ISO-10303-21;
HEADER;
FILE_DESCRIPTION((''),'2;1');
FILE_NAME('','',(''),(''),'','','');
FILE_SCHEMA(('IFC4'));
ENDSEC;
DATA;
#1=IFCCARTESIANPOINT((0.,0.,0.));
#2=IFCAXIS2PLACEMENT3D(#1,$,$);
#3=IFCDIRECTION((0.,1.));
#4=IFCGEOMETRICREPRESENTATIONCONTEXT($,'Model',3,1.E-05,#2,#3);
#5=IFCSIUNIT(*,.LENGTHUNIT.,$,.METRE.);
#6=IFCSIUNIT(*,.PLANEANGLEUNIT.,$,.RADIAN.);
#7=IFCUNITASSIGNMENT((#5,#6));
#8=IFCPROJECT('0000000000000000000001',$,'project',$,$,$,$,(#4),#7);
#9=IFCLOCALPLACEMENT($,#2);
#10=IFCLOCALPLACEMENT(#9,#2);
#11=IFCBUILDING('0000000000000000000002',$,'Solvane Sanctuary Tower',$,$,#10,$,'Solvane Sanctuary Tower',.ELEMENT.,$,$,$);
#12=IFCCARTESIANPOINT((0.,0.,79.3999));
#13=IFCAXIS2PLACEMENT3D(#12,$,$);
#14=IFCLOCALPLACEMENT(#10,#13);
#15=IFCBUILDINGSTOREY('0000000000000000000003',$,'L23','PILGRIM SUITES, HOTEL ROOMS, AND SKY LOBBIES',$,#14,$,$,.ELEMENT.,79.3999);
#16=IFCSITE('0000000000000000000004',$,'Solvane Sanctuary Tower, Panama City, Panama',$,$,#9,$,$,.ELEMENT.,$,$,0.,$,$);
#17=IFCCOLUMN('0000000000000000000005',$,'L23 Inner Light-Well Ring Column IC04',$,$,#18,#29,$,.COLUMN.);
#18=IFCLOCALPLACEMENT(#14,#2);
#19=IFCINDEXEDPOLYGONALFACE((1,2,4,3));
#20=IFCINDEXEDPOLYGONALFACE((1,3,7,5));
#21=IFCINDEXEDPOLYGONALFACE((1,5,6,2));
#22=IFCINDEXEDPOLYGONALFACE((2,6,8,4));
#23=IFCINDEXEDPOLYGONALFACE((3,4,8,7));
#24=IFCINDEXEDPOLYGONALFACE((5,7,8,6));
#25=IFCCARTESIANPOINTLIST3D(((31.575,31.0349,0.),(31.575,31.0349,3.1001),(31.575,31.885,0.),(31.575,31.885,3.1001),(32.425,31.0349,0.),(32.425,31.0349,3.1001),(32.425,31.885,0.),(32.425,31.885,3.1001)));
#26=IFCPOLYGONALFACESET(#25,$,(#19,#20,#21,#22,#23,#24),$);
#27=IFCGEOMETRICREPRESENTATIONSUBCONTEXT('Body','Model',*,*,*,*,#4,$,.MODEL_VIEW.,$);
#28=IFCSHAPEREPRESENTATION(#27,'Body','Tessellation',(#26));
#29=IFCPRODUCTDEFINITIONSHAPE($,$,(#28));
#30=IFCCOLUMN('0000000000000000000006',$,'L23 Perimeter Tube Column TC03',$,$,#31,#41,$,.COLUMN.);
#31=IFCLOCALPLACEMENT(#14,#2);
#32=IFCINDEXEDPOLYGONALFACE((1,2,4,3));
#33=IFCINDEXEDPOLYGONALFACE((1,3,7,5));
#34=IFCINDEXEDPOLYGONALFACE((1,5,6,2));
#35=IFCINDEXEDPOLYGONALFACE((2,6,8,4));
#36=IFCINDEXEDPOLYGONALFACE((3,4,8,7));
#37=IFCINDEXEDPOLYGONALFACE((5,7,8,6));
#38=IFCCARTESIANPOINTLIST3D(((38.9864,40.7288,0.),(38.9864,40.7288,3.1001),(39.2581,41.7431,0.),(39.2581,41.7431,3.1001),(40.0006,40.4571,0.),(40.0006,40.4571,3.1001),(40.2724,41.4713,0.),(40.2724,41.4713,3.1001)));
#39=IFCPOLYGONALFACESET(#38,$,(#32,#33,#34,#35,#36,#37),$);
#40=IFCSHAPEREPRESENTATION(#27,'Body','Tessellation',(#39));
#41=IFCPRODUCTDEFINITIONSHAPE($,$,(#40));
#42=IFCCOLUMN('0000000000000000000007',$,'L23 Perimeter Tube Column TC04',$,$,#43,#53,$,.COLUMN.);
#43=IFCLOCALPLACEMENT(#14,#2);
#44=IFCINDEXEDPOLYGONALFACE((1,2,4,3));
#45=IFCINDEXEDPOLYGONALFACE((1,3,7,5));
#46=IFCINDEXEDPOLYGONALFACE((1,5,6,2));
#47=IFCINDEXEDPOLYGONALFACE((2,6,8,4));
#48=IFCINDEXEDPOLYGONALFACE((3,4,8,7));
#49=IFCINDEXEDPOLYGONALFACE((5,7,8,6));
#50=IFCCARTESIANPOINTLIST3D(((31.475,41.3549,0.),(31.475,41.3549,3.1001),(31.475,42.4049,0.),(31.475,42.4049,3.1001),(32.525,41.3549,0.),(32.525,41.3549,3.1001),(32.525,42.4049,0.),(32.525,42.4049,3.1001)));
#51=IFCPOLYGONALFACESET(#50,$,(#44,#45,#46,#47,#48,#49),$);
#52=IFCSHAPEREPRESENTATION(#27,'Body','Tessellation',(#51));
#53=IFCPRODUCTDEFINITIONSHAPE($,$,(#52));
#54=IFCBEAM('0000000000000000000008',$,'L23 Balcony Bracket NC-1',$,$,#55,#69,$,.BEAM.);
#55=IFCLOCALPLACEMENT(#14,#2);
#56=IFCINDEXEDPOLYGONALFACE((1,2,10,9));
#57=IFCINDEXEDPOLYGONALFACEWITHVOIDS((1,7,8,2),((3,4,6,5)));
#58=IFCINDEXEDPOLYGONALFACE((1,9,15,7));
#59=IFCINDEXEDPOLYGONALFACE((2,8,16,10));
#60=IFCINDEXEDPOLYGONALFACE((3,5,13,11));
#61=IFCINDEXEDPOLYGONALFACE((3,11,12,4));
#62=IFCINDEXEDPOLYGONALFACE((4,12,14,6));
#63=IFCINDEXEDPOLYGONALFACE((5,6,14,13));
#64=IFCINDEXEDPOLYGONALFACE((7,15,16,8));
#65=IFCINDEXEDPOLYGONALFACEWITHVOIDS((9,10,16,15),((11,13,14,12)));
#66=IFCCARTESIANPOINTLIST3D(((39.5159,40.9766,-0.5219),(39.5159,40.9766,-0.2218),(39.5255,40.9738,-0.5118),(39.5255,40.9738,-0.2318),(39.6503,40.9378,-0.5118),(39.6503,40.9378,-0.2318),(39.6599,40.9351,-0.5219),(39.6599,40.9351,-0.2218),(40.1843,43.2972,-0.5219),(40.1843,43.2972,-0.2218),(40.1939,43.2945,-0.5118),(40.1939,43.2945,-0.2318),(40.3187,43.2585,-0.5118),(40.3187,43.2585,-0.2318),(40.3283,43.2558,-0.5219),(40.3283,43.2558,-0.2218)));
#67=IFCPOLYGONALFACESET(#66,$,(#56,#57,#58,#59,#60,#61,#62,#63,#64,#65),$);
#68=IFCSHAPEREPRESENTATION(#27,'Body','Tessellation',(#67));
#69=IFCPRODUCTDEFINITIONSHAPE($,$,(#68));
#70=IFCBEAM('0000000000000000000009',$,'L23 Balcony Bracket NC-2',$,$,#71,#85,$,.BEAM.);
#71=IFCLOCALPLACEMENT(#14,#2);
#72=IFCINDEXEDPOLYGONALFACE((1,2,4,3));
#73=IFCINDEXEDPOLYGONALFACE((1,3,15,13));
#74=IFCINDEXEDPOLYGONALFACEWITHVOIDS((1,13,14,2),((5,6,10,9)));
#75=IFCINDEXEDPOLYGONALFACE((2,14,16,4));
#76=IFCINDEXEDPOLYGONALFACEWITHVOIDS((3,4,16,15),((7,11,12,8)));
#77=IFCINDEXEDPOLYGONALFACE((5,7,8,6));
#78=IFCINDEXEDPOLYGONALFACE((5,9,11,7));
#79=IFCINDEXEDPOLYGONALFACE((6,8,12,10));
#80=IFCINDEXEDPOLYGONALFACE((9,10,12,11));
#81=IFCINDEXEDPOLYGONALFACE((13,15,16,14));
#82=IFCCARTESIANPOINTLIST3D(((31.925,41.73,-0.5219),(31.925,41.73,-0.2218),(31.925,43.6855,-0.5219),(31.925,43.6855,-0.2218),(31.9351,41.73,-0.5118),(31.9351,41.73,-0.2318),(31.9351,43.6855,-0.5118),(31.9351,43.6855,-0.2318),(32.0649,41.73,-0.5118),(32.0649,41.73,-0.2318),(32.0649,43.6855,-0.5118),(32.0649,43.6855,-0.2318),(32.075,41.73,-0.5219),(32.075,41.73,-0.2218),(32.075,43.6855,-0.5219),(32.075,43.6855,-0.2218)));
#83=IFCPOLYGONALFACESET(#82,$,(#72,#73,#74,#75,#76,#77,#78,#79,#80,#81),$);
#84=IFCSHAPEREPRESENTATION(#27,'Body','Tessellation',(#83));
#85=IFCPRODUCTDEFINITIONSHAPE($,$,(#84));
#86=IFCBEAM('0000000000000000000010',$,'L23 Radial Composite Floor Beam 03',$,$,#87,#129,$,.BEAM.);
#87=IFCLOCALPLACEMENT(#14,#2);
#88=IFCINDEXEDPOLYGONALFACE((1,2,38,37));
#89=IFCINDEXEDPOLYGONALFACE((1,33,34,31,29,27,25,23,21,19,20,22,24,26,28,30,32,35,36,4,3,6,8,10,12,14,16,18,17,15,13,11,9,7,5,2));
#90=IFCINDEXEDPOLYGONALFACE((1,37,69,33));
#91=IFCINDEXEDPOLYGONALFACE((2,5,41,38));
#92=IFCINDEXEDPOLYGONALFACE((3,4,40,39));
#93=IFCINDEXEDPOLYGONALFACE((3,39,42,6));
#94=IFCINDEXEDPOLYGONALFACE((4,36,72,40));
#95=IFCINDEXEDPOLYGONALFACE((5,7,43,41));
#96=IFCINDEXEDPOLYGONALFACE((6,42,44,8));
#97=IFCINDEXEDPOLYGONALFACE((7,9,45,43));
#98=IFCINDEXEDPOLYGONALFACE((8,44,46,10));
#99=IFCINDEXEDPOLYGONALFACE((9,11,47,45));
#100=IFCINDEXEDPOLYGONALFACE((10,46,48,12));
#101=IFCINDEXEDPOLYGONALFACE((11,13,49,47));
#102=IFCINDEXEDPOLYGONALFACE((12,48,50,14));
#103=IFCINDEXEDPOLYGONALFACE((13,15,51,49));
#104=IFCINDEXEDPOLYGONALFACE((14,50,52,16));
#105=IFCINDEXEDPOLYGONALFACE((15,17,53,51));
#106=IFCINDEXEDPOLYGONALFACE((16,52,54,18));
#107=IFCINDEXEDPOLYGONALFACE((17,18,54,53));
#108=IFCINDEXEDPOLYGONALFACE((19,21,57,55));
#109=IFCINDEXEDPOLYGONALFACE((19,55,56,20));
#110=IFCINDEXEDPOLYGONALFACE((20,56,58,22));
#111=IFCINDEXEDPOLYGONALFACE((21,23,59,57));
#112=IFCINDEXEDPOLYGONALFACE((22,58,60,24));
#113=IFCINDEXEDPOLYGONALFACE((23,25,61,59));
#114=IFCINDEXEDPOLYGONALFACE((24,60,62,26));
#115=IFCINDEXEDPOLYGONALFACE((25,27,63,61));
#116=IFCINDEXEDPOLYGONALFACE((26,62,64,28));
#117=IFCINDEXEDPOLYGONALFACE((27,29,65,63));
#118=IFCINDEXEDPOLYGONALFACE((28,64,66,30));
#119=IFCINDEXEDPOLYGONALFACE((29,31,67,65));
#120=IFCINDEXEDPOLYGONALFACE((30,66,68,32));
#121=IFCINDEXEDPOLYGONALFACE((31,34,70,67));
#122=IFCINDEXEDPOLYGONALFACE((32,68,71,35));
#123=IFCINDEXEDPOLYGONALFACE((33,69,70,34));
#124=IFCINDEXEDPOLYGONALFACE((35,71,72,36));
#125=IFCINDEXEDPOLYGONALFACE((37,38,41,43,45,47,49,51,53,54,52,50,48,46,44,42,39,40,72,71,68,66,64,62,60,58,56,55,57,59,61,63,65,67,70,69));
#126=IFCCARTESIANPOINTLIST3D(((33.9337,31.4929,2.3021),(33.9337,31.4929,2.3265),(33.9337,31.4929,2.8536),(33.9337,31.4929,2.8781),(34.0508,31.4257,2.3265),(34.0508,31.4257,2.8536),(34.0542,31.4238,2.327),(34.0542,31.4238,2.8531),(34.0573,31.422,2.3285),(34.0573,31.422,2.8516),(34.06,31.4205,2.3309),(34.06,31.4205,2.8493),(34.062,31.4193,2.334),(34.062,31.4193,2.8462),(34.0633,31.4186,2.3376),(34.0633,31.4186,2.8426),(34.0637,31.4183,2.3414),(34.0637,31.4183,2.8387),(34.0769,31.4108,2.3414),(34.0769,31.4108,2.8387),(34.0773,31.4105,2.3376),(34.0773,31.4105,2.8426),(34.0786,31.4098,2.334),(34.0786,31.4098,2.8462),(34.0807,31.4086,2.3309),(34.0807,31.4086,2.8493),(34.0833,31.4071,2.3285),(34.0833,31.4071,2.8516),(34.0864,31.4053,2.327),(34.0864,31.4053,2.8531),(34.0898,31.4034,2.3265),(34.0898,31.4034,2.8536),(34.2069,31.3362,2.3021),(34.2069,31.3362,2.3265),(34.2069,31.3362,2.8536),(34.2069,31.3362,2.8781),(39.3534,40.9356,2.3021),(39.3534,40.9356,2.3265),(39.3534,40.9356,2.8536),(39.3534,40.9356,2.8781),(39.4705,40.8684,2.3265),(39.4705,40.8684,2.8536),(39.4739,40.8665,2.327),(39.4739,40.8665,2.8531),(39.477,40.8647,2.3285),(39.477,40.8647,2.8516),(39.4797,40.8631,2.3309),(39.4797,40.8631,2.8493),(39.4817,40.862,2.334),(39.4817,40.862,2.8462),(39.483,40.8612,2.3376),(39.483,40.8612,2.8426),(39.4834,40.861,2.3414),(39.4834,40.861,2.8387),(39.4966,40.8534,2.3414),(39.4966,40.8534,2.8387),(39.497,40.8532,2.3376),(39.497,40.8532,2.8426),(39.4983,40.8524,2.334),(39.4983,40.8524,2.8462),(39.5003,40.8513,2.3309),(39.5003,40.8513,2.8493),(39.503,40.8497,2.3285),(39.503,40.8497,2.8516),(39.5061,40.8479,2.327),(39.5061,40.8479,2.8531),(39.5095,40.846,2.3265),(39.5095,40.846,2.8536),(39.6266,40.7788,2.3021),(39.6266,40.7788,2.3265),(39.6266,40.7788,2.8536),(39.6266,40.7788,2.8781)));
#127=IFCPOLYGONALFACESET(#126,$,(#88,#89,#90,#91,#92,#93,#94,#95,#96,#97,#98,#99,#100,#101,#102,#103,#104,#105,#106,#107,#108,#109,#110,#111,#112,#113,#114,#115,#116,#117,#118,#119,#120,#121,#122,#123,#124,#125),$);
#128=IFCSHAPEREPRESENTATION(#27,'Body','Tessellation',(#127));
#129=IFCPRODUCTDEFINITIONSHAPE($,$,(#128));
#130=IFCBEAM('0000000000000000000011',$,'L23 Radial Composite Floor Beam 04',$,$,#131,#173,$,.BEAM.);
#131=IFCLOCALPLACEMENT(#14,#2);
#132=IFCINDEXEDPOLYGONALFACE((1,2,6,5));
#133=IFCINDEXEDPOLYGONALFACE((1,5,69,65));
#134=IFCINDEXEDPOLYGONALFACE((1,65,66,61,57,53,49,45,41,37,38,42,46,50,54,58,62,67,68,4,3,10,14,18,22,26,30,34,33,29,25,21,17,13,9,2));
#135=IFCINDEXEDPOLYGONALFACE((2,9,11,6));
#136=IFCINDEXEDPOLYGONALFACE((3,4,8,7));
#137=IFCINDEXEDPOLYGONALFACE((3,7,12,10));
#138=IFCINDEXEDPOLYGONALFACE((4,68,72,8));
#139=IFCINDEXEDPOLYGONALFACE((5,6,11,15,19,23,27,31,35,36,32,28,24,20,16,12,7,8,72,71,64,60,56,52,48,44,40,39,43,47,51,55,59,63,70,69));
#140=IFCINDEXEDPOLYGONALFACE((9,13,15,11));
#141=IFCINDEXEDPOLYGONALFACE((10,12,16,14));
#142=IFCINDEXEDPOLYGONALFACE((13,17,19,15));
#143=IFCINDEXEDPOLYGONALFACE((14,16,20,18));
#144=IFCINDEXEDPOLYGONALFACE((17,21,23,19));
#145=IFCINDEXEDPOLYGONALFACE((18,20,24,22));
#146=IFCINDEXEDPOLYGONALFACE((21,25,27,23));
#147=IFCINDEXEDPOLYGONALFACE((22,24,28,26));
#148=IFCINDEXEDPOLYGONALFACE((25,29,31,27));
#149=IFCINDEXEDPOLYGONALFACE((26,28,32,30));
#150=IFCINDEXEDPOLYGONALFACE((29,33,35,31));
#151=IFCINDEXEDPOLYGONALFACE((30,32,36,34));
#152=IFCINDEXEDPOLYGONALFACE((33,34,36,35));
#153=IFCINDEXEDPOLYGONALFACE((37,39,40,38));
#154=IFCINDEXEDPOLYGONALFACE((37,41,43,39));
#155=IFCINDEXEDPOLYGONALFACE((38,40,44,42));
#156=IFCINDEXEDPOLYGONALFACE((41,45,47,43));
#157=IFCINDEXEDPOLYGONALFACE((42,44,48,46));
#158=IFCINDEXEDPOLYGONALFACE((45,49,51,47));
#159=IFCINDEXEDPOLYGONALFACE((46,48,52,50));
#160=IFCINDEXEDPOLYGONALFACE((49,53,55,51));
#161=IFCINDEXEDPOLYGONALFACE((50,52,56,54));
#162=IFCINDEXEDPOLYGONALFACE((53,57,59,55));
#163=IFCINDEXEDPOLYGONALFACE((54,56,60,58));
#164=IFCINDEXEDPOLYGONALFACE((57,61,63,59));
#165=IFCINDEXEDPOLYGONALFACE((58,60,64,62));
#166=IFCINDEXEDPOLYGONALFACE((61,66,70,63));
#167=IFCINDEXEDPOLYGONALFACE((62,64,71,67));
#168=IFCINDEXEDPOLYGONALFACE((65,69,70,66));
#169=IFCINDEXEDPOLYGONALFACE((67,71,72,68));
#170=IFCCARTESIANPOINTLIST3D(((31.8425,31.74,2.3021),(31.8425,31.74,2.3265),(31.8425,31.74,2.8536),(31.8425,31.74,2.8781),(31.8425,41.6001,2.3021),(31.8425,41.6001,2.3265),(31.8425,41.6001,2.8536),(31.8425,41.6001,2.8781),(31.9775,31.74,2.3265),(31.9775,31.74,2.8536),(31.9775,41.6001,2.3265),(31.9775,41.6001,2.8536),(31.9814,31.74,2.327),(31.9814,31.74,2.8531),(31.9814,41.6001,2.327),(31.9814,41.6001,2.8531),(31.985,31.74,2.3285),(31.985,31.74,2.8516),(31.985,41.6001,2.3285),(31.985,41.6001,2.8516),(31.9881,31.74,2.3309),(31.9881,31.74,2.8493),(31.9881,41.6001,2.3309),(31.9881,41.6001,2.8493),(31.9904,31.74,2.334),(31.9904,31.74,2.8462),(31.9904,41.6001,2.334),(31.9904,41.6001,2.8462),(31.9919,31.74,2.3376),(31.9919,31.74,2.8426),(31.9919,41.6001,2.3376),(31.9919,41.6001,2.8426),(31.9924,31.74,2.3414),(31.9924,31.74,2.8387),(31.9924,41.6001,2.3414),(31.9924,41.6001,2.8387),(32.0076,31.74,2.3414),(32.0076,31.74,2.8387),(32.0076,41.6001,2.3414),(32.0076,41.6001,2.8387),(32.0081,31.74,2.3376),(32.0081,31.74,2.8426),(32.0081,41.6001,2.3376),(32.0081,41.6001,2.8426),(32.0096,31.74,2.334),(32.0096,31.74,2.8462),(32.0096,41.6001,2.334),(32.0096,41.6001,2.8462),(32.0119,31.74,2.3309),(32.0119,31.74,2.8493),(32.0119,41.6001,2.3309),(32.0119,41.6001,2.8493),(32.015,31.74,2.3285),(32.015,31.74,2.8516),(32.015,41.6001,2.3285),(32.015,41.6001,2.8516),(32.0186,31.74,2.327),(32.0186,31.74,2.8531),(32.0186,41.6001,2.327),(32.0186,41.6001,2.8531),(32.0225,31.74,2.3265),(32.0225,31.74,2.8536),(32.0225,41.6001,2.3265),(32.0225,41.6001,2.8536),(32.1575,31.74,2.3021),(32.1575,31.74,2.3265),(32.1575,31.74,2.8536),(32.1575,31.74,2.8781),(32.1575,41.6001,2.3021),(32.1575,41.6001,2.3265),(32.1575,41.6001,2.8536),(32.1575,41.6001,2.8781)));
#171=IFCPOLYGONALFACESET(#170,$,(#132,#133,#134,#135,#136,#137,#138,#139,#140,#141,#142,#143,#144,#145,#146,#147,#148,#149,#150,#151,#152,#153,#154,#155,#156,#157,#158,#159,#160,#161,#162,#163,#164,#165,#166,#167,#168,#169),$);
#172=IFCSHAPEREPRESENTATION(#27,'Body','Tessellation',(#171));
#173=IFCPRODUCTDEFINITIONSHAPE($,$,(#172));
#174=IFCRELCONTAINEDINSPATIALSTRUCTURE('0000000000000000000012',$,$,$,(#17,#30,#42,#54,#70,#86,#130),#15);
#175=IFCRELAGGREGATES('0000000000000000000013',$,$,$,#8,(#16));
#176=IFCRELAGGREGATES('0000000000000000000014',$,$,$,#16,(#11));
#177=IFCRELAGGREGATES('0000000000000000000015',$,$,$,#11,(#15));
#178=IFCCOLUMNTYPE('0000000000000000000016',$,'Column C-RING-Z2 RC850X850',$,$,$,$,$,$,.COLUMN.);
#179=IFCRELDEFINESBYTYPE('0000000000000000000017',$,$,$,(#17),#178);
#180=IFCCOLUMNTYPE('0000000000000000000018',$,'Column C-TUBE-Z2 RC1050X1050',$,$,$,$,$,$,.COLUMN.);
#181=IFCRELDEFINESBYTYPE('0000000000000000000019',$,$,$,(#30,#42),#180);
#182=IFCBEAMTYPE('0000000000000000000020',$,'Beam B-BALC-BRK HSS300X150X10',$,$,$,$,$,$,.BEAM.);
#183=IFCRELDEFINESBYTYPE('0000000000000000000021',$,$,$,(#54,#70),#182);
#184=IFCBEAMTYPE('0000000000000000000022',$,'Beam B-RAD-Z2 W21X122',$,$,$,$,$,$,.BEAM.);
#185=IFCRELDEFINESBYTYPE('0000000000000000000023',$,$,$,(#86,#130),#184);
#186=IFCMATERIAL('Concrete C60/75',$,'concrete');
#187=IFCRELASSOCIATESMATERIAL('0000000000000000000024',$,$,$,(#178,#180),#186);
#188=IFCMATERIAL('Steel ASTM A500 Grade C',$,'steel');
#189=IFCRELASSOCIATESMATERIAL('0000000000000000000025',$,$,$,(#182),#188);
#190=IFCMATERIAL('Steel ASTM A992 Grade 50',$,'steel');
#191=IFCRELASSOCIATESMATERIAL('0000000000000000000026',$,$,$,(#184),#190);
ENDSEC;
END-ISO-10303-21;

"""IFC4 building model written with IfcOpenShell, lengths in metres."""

from ifc_helpers import new_model, si_unit, direction, frame, origin, origin_2d, place, context, subcontext, project, spatial, rectangle, hollow_rectangle, i_section, extrude, material, material_profile, profile_set, type_object, element, save


model = new_model("IFC4")

# Units and contexts
model_context = context("Model", 3, precision=1e-05, world=origin(), true_north=direction((0.0, 1.0)))
body_context = subcontext(model_context, "Body", "Model", "MODEL_VIEW")
ifc_project = project(units=[si_unit("LENGTHUNIT", "METRE"), si_unit("PLANEANGLEUNIT", "RADIAN")], contexts=[model_context])

# Site, building, storey
site_placement = place(None, origin())
site = spatial("IfcSite", under=ifc_project, at=site_placement, Name="Solvane Sanctuary Tower, Panama City, Panama", CompositionType="ELEMENT", RefElevation=0.0)
building_placement = place(site_placement, origin())
building = spatial("IfcBuilding", under=site, at=building_placement, Name="Solvane Sanctuary Tower", LongName="Solvane Sanctuary Tower", CompositionType="ELEMENT")
storey_placement = place(building_placement, frame((0.0, 0.0, 79.3999)))
storey = spatial("IfcBuildingStorey", under=building, at=storey_placement, Name="L23", Description="PILGRIM SUITES, HOTEL ROOMS, AND SKY LOBBIES", CompositionType="ELEMENT", Elevation=79.3999)

# Columns
ifc_material_1 = material(Name="Concrete C60/75", Category="concrete")
ifc_material_profile_1 = material_profile(ifc_material_1, rectangle(XDim=0.8501, YDim=0.8501, at=origin_2d()), Name="RC850X850")
ifc_profile_set_1 = profile_set([ifc_material_profile_1], Name="Concrete C60/75")
column_type_1 = type_object("IfcColumnType", Name="Column C-RING-Z2 RC850X850", PredefinedType="COLUMN", material=ifc_profile_set_1)
column_placement = place(storey_placement, frame((32.0, 31.46, 0.0), z_axis=(0.0, 0.0, 1.0), x_axis=(1.0, 0.0, 0.0)))
element("IfcColumn", 1, at=column_placement, inside=storey, type_object=column_type_1, Name="L23 Inner Light-Well Ring Column IC04", PredefinedType="COLUMN", context=body_context, shape_type="SweptSolid", body=[
    extrude(rectangle(XDim=0.8501, YDim=0.8501, at=origin_2d()), origin(), (0.0, 0.0, 1.0), 3.1001),
])
ifc_material_profile_2 = material_profile(ifc_material_1, rectangle(XDim=1.05, YDim=1.05, at=origin_2d()), Name="RC1050X1050")
ifc_profile_set_2 = profile_set([ifc_material_profile_2], Name="Concrete C60/75")
column_type_2 = type_object("IfcColumnType", Name="Column C-TUBE-Z2 RC1050X1050", PredefinedType="COLUMN", material=ifc_profile_set_2)
for number, where, z_axis, x_axis, name in (
    (2, (39.6294, 41.1001, 0.0), (0.0, 0.0, 1.0), (0.258819, 0.965926, 0.0), "L23 Perimeter Tube Column TC03"),
    (3, (32.0, 41.8799, 0.0), (0.0, 0.0, 1.0), (0.0, 1.0, 0.0), "L23 Perimeter Tube Column TC04"),
):
    element("IfcColumn", number, at=place(storey_placement, frame(where, z_axis=z_axis, x_axis=x_axis)), inside=storey, type_object=column_type_2, Name=name, PredefinedType="COLUMN", context=body_context, shape_type="SweptSolid", body=[
        extrude(rectangle(XDim=1.05, YDim=1.05, at=origin_2d()), origin(), (0.0, 0.0, 1.0), 3.1001),
    ])

# Beams
ifc_material_2 = material(Name="Steel ASTM A500 Grade C", Category="steel")
ifc_material_profile_3 = material_profile(ifc_material_2, hollow_rectangle(XDim=0.1499, YDim=0.3, WallThickness=0.01, at=origin_2d()), Name="HSS300X150X10")
ifc_profile_set_3 = profile_set([ifc_material_profile_3], Name="Steel ASTM A500 Grade C")
beam_type_1 = type_object("IfcBeamType", Name="Beam B-BALC-BRK HSS300X150X10", PredefinedType="BEAM", material=ifc_profile_set_3)
beam_1_placement = place(storey_placement, frame((39.5879, 40.9558, -0.3718), z_axis=(0.276777, 0.960934, 0.0), x_axis=(-0.960934, 0.276777, 0.0)))
element("IfcBeam", 4, at=beam_1_placement, inside=storey, type_object=beam_type_1, Name="L23 Balcony Bracket NC-1", PredefinedType="BEAM", context=body_context, shape_type="SweptSolid", body=[
    extrude(hollow_rectangle(XDim=0.1499, YDim=0.3, WallThickness=0.01, at=origin_2d()), origin(), (0.0, 0.0, 1.0), 2.415),
])
beam_2_placement = place(storey_placement, frame((32.0, 41.73, -0.3718), z_axis=(0.0, 1.0, 0.0), x_axis=(-1.0, 0.0, 0.0)))
element("IfcBeam", 5, at=beam_2_placement, inside=storey, type_object=beam_type_1, Name="L23 Balcony Bracket NC-2", PredefinedType="BEAM", context=body_context, shape_type="SweptSolid", body=[
    extrude(hollow_rectangle(XDim=0.1499, YDim=0.3, WallThickness=0.01, at=origin_2d()), origin(), (0.0, 0.0, 1.0), 1.9556),
])
ifc_material_3 = material(Name="Steel ASTM A992 Grade 50", Category="steel")
ifc_material_profile_4 = material_profile(ifc_material_3, i_section(OverallWidth=0.3149, OverallDepth=0.5759, WebThickness=0.0151, FlangeThickness=0.0244, FilletRadius=0.0149, at=origin_2d()), Name="W21X122")
ifc_profile_set_4 = profile_set([ifc_material_profile_4], Name="Steel ASTM A992 Grade 50")
beam_type_2 = type_object("IfcBeamType", Name="Beam B-RAD-Z2 W21X122", PredefinedType="BEAM", material=ifc_profile_set_4)
beam_3_placement = place(storey_placement, frame((34.0703, 31.4146, 2.5901), z_axis=(0.497792, 0.867296, 0.0), x_axis=(-0.867296, 0.497792, 0.0)))
element("IfcBeam", 6, at=beam_3_placement, inside=storey, type_object=beam_type_2, Name="L23 Radial Composite Floor Beam 03", PredefinedType="BEAM", context=body_context, shape_type="SweptSolid", body=[
    extrude(i_section(OverallWidth=0.3149, OverallDepth=0.5759, WebThickness=0.0151, FlangeThickness=0.0244, FilletRadius=0.0149, at=origin_2d()), origin(), (0.0, 0.0, 1.0), 10.8875),
])
beam_4_placement = place(storey_placement, frame((32.0, 31.74, 2.5901), z_axis=(0.0, 1.0, 0.0), x_axis=(-1.0, 0.0, 0.0)))
element("IfcBeam", 7, at=beam_4_placement, inside=storey, type_object=beam_type_2, Name="L23 Radial Composite Floor Beam 04", PredefinedType="BEAM", context=body_context, shape_type="SweptSolid", body=[
    extrude(i_section(OverallWidth=0.3149, OverallDepth=0.5759, WebThickness=0.0151, FlangeThickness=0.0244, FilletRadius=0.0149, at=origin_2d()), origin(), (0.0, 0.0, 1.0), 9.8601),
])

save(model, "model.ifc")
